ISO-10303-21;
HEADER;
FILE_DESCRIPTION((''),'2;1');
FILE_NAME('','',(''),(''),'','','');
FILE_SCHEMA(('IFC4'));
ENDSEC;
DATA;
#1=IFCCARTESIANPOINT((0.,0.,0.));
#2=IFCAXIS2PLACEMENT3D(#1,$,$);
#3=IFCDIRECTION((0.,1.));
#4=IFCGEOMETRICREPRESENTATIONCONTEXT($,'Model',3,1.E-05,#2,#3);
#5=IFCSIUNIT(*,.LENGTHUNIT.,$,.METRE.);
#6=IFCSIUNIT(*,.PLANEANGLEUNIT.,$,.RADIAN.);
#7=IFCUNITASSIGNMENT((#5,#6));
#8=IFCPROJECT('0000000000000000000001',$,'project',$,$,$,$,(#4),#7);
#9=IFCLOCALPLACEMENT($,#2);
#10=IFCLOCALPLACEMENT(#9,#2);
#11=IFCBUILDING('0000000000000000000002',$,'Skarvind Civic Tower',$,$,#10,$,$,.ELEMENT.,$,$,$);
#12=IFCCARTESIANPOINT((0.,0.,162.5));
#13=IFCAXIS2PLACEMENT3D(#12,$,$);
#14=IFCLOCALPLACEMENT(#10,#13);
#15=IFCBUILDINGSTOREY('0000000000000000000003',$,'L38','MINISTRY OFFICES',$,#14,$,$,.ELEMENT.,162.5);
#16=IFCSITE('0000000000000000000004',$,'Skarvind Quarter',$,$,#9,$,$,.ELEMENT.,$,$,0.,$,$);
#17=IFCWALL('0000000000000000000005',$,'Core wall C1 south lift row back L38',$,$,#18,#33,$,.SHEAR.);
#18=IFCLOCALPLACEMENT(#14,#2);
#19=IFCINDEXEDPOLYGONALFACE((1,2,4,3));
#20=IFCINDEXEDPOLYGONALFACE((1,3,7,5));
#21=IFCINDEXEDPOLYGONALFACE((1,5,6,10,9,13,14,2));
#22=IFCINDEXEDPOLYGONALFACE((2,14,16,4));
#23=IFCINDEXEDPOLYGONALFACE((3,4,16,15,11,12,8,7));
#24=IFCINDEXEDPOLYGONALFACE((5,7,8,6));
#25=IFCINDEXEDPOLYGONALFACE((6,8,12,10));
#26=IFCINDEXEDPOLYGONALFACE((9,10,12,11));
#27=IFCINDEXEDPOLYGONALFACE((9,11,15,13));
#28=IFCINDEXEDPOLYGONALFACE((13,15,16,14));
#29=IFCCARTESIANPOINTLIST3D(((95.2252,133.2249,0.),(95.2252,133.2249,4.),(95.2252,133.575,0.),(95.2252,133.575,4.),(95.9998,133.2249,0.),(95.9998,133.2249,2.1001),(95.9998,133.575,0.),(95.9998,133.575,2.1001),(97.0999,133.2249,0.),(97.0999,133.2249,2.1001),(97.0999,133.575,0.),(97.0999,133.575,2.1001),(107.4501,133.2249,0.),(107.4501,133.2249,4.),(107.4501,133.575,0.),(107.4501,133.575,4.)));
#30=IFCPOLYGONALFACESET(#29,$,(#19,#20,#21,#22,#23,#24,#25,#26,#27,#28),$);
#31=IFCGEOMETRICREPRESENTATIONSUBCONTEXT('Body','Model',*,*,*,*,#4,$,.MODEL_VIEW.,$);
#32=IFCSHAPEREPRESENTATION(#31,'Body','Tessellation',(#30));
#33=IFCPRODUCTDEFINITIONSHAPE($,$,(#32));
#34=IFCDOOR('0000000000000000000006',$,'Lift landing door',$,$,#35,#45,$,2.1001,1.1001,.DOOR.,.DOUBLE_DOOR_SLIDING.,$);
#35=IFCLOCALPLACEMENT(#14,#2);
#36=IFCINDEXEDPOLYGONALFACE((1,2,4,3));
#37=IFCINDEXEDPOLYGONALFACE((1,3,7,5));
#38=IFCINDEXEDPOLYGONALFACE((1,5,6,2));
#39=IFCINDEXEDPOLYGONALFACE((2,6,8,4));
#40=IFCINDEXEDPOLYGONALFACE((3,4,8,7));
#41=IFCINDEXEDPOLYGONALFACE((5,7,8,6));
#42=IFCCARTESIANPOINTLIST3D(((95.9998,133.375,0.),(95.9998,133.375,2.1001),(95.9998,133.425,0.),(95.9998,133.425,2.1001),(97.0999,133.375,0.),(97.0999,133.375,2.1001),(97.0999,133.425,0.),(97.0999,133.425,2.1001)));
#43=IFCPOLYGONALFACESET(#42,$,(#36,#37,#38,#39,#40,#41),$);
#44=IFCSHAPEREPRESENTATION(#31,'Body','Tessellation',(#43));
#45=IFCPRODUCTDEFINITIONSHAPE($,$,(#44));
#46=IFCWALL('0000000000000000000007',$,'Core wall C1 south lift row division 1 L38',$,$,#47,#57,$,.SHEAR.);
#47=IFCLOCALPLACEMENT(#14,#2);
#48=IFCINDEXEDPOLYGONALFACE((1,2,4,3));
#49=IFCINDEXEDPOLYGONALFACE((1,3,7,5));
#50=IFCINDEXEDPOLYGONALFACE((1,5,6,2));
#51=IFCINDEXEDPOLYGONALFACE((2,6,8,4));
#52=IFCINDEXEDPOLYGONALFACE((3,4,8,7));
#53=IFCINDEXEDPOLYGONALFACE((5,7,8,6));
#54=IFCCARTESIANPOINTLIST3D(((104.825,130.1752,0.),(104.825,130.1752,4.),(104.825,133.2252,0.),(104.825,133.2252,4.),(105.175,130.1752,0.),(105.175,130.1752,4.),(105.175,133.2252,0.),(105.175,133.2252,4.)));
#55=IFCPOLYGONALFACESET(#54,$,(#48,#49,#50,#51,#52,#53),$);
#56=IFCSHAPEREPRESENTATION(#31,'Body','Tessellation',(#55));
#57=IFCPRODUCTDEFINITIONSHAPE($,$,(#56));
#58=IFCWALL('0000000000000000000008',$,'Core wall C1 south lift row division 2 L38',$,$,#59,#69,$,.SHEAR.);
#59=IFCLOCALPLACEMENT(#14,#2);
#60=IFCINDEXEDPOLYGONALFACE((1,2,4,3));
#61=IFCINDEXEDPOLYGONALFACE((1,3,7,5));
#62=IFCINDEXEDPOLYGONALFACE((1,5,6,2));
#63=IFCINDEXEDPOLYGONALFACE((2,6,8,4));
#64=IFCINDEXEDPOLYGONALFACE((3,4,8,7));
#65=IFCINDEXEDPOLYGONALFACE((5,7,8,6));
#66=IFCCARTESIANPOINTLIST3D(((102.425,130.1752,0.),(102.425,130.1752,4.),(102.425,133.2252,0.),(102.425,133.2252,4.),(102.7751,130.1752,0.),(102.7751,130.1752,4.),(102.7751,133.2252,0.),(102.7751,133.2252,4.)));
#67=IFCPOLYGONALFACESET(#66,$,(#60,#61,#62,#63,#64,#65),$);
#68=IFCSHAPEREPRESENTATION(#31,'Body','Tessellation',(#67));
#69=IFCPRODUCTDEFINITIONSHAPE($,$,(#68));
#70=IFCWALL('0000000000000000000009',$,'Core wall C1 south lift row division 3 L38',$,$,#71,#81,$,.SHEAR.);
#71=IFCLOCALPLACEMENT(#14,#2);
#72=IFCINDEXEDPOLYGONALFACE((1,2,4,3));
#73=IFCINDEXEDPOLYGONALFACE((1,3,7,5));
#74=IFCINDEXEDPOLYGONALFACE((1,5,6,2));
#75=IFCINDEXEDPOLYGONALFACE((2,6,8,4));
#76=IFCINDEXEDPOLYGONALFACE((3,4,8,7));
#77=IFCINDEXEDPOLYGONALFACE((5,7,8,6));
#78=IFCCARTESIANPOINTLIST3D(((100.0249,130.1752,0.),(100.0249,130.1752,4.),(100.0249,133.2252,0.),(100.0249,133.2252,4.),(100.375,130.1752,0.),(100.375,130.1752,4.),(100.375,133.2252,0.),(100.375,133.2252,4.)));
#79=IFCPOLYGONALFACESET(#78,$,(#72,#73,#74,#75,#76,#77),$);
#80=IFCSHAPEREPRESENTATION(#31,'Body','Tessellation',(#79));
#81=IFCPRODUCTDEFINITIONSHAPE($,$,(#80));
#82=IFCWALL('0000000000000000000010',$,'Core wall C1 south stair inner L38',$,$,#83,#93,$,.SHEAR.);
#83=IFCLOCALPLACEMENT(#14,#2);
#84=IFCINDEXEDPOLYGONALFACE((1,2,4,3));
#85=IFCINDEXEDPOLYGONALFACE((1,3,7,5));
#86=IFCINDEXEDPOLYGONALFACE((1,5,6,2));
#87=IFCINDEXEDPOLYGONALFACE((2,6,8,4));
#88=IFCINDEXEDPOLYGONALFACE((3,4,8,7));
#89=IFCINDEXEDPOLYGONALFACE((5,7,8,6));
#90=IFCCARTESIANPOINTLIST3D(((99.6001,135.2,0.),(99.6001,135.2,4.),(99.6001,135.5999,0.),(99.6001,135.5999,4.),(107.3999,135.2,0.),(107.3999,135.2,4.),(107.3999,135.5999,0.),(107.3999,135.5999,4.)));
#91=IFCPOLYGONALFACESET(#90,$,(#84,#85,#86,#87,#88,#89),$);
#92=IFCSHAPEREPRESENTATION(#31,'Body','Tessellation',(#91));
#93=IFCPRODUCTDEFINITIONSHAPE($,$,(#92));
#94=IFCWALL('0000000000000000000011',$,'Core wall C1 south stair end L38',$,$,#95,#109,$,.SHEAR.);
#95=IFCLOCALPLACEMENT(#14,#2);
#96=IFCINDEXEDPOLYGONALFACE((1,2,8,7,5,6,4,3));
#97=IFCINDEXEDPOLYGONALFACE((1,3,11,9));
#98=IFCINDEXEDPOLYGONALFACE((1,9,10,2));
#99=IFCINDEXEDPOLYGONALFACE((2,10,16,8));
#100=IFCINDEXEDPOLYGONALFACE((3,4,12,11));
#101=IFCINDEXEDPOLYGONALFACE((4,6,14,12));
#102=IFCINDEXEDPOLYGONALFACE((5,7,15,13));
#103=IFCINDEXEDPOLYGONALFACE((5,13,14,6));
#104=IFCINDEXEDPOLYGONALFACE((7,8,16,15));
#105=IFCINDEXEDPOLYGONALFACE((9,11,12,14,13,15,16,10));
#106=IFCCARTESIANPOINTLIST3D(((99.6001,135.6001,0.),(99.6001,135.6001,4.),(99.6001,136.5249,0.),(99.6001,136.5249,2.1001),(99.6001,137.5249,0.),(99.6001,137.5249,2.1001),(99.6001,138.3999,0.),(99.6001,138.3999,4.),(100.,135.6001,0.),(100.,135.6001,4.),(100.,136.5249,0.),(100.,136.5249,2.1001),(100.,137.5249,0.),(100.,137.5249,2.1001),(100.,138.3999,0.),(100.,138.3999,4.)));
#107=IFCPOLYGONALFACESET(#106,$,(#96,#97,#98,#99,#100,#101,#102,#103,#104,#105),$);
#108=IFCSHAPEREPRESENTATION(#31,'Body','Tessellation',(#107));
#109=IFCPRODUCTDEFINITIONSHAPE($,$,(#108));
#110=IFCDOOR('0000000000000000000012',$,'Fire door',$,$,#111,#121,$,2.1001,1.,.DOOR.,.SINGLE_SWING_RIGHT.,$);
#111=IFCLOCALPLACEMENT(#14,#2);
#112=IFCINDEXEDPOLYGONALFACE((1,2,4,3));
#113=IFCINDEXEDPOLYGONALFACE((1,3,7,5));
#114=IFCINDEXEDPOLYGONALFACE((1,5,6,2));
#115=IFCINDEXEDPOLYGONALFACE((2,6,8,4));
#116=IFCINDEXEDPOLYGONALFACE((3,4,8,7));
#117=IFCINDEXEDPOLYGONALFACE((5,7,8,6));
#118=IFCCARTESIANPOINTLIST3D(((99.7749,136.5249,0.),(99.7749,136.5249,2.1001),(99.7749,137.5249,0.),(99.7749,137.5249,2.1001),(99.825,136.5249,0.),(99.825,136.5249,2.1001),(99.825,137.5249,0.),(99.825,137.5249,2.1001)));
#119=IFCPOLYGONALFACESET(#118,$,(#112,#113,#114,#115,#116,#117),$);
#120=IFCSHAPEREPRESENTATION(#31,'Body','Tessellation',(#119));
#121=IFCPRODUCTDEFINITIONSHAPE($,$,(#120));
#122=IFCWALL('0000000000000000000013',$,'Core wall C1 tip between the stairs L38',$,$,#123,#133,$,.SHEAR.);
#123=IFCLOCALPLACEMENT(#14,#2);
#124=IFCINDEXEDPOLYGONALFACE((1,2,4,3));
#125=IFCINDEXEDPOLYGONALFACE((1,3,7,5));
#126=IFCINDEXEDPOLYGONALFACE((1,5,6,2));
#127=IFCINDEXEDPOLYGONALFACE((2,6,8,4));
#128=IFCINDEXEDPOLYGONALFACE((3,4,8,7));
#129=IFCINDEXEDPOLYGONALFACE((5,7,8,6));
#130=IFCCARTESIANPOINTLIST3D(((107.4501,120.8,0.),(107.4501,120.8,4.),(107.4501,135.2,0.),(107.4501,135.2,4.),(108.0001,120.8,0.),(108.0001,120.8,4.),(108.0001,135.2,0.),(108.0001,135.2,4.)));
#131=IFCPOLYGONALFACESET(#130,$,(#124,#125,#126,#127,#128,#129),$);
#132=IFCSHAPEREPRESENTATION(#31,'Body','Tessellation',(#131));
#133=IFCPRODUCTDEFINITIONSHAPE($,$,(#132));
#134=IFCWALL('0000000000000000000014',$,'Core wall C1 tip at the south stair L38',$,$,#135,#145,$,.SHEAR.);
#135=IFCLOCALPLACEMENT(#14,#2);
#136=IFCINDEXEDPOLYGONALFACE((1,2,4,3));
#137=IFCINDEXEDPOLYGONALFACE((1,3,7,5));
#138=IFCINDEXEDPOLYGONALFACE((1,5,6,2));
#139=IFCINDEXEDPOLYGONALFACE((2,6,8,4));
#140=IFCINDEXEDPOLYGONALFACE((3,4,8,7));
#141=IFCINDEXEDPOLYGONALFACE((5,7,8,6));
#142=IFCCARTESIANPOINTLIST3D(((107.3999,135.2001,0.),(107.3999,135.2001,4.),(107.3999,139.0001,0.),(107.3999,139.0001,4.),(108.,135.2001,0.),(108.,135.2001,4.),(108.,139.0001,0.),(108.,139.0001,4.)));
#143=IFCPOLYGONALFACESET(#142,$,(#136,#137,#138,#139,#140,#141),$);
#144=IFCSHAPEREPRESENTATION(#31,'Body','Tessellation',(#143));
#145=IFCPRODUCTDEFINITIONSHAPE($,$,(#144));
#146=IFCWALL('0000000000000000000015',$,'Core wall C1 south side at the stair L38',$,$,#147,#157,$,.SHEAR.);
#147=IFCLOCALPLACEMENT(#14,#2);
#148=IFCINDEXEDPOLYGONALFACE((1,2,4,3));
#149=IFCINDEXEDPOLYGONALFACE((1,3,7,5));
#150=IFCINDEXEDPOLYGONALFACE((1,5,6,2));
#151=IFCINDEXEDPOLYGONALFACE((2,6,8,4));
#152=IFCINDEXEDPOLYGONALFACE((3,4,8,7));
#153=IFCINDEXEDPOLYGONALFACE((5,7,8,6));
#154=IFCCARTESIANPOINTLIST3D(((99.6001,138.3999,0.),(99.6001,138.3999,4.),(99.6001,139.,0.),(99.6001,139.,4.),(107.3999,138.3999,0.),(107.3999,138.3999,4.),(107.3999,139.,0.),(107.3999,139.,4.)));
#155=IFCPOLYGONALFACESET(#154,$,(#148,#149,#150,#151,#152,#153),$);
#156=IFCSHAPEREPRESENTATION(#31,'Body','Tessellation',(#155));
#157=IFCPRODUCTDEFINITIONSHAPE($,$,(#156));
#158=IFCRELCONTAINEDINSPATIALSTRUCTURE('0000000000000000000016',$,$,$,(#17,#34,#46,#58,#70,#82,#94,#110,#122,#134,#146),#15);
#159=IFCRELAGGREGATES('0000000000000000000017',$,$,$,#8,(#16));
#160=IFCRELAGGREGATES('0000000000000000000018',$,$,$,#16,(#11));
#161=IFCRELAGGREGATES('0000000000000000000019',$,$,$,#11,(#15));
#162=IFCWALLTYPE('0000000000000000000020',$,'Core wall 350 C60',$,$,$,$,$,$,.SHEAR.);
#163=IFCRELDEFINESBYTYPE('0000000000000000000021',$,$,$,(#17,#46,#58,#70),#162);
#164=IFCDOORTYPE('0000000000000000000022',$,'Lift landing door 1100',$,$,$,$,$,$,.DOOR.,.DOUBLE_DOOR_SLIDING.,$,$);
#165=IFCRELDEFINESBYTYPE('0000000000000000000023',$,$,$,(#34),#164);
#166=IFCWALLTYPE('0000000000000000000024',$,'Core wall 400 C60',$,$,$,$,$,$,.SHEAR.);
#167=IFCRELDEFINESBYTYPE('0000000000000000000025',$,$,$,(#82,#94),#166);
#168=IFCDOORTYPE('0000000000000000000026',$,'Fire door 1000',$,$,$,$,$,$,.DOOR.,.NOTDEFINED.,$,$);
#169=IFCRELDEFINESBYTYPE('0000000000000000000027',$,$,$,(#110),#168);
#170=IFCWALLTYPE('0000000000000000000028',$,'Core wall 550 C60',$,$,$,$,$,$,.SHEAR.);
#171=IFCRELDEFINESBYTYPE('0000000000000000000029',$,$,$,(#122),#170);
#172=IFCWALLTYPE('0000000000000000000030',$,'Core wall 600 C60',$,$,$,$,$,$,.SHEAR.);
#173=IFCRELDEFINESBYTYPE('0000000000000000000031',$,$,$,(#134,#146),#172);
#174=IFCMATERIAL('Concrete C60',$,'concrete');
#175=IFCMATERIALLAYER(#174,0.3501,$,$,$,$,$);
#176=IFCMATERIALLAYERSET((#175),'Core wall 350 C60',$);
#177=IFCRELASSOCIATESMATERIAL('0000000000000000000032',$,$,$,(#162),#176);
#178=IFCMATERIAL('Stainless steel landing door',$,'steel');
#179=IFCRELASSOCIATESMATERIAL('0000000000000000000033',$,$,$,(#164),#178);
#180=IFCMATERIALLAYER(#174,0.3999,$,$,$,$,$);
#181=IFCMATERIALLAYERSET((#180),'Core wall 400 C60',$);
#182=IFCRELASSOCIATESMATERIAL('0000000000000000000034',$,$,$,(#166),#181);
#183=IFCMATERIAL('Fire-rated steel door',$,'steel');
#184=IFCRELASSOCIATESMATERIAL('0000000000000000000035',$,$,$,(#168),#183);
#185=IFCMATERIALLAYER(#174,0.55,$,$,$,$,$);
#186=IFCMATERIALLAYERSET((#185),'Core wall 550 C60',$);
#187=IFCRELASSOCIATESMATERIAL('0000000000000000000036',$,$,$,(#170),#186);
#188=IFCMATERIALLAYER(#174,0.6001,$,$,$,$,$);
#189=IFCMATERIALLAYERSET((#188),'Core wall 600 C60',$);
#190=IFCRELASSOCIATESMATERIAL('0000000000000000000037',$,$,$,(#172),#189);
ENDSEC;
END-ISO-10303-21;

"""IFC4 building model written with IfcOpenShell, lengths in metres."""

from ifc_helpers import new_model, si_unit, direction, frame, frame_2d, origin, place, context, subcontext, project, spatial, rectangle, extrude, material, layer, layer_set, type_object, element, fill, save


model = new_model("IFC4")

# Units and contexts
model_context = context("Model", 3, precision=1e-05, world=origin(), true_north=direction((0.0, 1.0)))
body_context = subcontext(model_context, "Body", "Model", "MODEL_VIEW")
ifc_project = project(units=[si_unit("LENGTHUNIT", "METRE"), si_unit("PLANEANGLEUNIT", "RADIAN")], contexts=[model_context])

# Site, building, storey
site_placement = place(None, origin())
site = spatial("IfcSite", under=ifc_project, at=site_placement, Name="Skarvind Quarter", CompositionType="ELEMENT", RefElevation=0.0)
building_placement = place(site_placement, origin())
building = spatial("IfcBuilding", under=site, at=building_placement, Name="Skarvind Civic Tower", CompositionType="ELEMENT")
storey_placement = place(building_placement, frame((0.0, 0.0, 162.5)))
storey = spatial("IfcBuildingStorey", under=building, at=storey_placement, Name="L38", Description="MINISTRY OFFICES", CompositionType="ELEMENT", Elevation=162.5)

# Wall, opening, door
ifc_material_1 = material(Name="Concrete C60", Category="concrete")
ifc_layer_1 = layer(ifc_material_1, 0.3501)
ifc_layer_set_1 = layer_set([ifc_layer_1], Name="Core wall 350 C60")
wall_type_1 = type_object("IfcWallType", Name="Core wall 350 C60", PredefinedType="SHEAR", material=ifc_layer_set_1)
wall_1_placement = place(storey_placement, frame((107.45, 133.3999, 0.0), z_axis=(0.0, 0.0, 1.0), x_axis=(-1.0, 0.0, 0.0)))
wall_1 = element("IfcWall", 1, at=wall_1_placement, inside=storey, type_object=wall_type_1, Name="Core wall C1 south lift row back L38", PredefinedType="SHEAR", context=body_context, shape_type="SweptSolid", body=[
    extrude(rectangle(XDim=12.2249, YDim=0.3501, at=frame_2d((6.1123, 0.0))), origin(), (0.0, 0.0, 1.0), 4.0),
])
opening_1_placement = place(wall_1_placement, frame((10.3501, 0.0, 0.0)))
opening_1 = element("IfcOpeningElement", 2, at=opening_1_placement, cuts=wall_1, PredefinedType="OPENING", context=body_context, shape_type="SweptSolid", body=[
    extrude(rectangle(XDim=1.1001, YDim=2.1001, at=frame_2d((0.55, 1.05))), frame((0.0, 0.1851, 0.0), z_axis=(0.0, -1.0, 0.0), x_axis=(1.0, 0.0, 0.0)), (0.0, 0.0, 1.0), 0.3701),
])
ifc_material_2 = material(Name="Stainless steel landing door", Category="steel")
door_type_1 = type_object("IfcDoorType", Name="Lift landing door 1100", OperationType="DOUBLE_DOOR_SLIDING", PredefinedType="DOOR", material=ifc_material_2)
door_1_placement = place(opening_1_placement, origin())
door_1 = element("IfcDoor", 3, at=door_1_placement, inside=storey, type_object=door_type_1, Name="Lift landing door", OperationType="DOUBLE_DOOR_SLIDING", OverallHeight=2.1001, OverallWidth=1.1001, PredefinedType="DOOR", context=body_context, shape_type="SweptSolid", body=[
    extrude(rectangle(XDim=1.1001, YDim=2.1001, at=frame_2d((0.55, 1.05))), frame((0.0, 0.0249, 0.0), z_axis=(0.0, -1.0, 0.0), x_axis=(1.0, 0.0, 0.0)), (0.0, 0.0, 1.0), 0.05),
])
fill(opening_1, door_1)

# Walls
for number, where, z_axis, x_axis, name in (
    (4, (105.0, 133.2251, 0.0), (0.0, 0.0, 1.0), (0.0, -1.0, 0.0), "Core wall C1 south lift row division 1 L38"),
    (5, (102.6001, 133.2251, 0.0), (0.0, 0.0, 1.0), (0.0, -1.0, 0.0), "Core wall C1 south lift row division 2 L38"),
    (6, (100.2, 133.2251, 0.0), (0.0, 0.0, 1.0), (0.0, -1.0, 0.0), "Core wall C1 south lift row division 3 L38"),
):
    element("IfcWall", number, at=place(storey_placement, frame(where, z_axis=z_axis, x_axis=x_axis)), inside=storey, type_object=wall_type_1, Name=name, PredefinedType="SHEAR", context=body_context, shape_type="SweptSolid", body=[
        extrude(rectangle(XDim=3.05, YDim=0.3501, at=frame_2d((1.5249, 0.0))), origin(), (0.0, 0.0, 1.0), 4.0),
    ])
ifc_layer_2 = layer(ifc_material_1, 0.3999)
ifc_layer_set_2 = layer_set([ifc_layer_2], Name="Core wall 400 C60")
wall_type_2 = type_object("IfcWallType", Name="Core wall 400 C60", PredefinedType="SHEAR", material=ifc_layer_set_2)
wall_2_placement = place(storey_placement, frame((107.3999, 135.3999, 0.0), z_axis=(0.0, 0.0, 1.0), x_axis=(-1.0, 0.0, 0.0)))
element("IfcWall", 7, at=wall_2_placement, inside=storey, type_object=wall_type_2, Name="Core wall C1 south stair inner L38", PredefinedType="SHEAR", context=body_context, shape_type="SweptSolid", body=[
    extrude(rectangle(XDim=7.7998, YDim=0.3999, at=frame_2d((3.8999, 0.0))), origin(), (0.0, 0.0, 1.0), 4.0),
])

# Wall, opening, door
wall_3_placement = place(storey_placement, frame((99.8, 138.3999, 0.0), z_axis=(0.0, 0.0, 1.0), x_axis=(0.0, -1.0, 0.0)))
wall_3 = element("IfcWall", 8, at=wall_3_placement, inside=storey, type_object=wall_type_2, Name="Core wall C1 south stair end L38", PredefinedType="SHEAR", context=body_context, shape_type="SweptSolid", body=[
    extrude(rectangle(XDim=2.7998, YDim=0.3999, at=frame_2d((1.3999, 0.0))), origin(), (0.0, 0.0, 1.0), 4.0),
])
opening_2_placement = place(wall_3_placement, frame((0.875, 0.0, 0.0)))
opening_2 = element("IfcOpeningElement", 9, at=opening_2_placement, cuts=wall_3, PredefinedType="OPENING", context=body_context, shape_type="SweptSolid", body=[
    extrude(rectangle(XDim=1.0, YDim=2.1001, at=frame_2d((0.5, 1.05))), frame((0.0, 0.21, 0.0), z_axis=(0.0, -1.0, 0.0), x_axis=(1.0, 0.0, 0.0)), (0.0, 0.0, 1.0), 0.4199),
])
ifc_material_3 = material(Name="Fire-rated steel door", Category="steel")
door_type_2 = type_object("IfcDoorType", Name="Fire door 1000", OperationType="NOTDEFINED", PredefinedType="DOOR", material=ifc_material_3)
door_2_placement = place(opening_2_placement, origin())
door_2 = element("IfcDoor", 10, at=door_2_placement, inside=storey, type_object=door_type_2, Name="Fire door", OperationType="SINGLE_SWING_RIGHT", OverallHeight=2.1001, OverallWidth=1.0, PredefinedType="DOOR", context=body_context, shape_type="SweptSolid", body=[
    extrude(rectangle(XDim=1.0, YDim=2.1001, at=frame_2d((0.5, 1.05))), frame((0.0, 0.0249, 0.0), z_axis=(0.0, -1.0, 0.0), x_axis=(1.0, 0.0, 0.0)), (0.0, 0.0, 1.0), 0.05),
])
fill(opening_2, door_2)

# Walls
ifc_layer_3 = layer(ifc_material_1, 0.55)
ifc_layer_set_3 = layer_set([ifc_layer_3], Name="Core wall 550 C60")
wall_type_3 = type_object("IfcWallType", Name="Core wall 550 C60", PredefinedType="SHEAR", material=ifc_layer_set_3)
wall_4_placement = place(storey_placement, frame((107.7251, 135.2, 0.0), z_axis=(0.0, 0.0, 1.0), x_axis=(0.0, -1.0, 0.0)))
element("IfcWall", 11, at=wall_4_placement, inside=storey, type_object=wall_type_3, Name="Core wall C1 tip between the stairs L38", PredefinedType="SHEAR", context=body_context, shape_type="SweptSolid", body=[
    extrude(rectangle(XDim=14.3999, YDim=0.55, at=frame_2d((7.2, 0.0))), origin(), (0.0, 0.0, 1.0), 4.0),
])
ifc_layer_4 = layer(ifc_material_1, 0.6001)
ifc_layer_set_4 = layer_set([ifc_layer_4], Name="Core wall 600 C60")
wall_type_4 = type_object("IfcWallType", Name="Core wall 600 C60", PredefinedType="SHEAR", material=ifc_layer_set_4)
wall_5_placement = place(storey_placement, frame((107.7, 139.0, 0.0), z_axis=(0.0, 0.0, 1.0), x_axis=(0.0, -1.0, 0.0)))
element("IfcWall", 12, at=wall_5_placement, inside=storey, type_object=wall_type_4, Name="Core wall C1 tip at the south stair L38", PredefinedType="SHEAR", context=body_context, shape_type="SweptSolid", body=[
    extrude(rectangle(XDim=3.8, YDim=0.6001, at=frame_2d((1.8999, 0.0))), origin(), (0.0, 0.0, 1.0), 4.0),
])
wall_6_placement = place(storey_placement, frame((107.3999, 138.7, 0.0), z_axis=(0.0, 0.0, 1.0), x_axis=(-1.0, 0.0, 0.0)))
element("IfcWall", 13, at=wall_6_placement, inside=storey, type_object=wall_type_4, Name="Core wall C1 south side at the stair L38", PredefinedType="SHEAR", context=body_context, shape_type="SweptSolid", body=[
    extrude(rectangle(XDim=7.7998, YDim=0.6001, at=frame_2d((3.8999, 0.0))), origin(), (0.0, 0.0, 1.0), 4.0),
])

save(model, "model.ifc")
